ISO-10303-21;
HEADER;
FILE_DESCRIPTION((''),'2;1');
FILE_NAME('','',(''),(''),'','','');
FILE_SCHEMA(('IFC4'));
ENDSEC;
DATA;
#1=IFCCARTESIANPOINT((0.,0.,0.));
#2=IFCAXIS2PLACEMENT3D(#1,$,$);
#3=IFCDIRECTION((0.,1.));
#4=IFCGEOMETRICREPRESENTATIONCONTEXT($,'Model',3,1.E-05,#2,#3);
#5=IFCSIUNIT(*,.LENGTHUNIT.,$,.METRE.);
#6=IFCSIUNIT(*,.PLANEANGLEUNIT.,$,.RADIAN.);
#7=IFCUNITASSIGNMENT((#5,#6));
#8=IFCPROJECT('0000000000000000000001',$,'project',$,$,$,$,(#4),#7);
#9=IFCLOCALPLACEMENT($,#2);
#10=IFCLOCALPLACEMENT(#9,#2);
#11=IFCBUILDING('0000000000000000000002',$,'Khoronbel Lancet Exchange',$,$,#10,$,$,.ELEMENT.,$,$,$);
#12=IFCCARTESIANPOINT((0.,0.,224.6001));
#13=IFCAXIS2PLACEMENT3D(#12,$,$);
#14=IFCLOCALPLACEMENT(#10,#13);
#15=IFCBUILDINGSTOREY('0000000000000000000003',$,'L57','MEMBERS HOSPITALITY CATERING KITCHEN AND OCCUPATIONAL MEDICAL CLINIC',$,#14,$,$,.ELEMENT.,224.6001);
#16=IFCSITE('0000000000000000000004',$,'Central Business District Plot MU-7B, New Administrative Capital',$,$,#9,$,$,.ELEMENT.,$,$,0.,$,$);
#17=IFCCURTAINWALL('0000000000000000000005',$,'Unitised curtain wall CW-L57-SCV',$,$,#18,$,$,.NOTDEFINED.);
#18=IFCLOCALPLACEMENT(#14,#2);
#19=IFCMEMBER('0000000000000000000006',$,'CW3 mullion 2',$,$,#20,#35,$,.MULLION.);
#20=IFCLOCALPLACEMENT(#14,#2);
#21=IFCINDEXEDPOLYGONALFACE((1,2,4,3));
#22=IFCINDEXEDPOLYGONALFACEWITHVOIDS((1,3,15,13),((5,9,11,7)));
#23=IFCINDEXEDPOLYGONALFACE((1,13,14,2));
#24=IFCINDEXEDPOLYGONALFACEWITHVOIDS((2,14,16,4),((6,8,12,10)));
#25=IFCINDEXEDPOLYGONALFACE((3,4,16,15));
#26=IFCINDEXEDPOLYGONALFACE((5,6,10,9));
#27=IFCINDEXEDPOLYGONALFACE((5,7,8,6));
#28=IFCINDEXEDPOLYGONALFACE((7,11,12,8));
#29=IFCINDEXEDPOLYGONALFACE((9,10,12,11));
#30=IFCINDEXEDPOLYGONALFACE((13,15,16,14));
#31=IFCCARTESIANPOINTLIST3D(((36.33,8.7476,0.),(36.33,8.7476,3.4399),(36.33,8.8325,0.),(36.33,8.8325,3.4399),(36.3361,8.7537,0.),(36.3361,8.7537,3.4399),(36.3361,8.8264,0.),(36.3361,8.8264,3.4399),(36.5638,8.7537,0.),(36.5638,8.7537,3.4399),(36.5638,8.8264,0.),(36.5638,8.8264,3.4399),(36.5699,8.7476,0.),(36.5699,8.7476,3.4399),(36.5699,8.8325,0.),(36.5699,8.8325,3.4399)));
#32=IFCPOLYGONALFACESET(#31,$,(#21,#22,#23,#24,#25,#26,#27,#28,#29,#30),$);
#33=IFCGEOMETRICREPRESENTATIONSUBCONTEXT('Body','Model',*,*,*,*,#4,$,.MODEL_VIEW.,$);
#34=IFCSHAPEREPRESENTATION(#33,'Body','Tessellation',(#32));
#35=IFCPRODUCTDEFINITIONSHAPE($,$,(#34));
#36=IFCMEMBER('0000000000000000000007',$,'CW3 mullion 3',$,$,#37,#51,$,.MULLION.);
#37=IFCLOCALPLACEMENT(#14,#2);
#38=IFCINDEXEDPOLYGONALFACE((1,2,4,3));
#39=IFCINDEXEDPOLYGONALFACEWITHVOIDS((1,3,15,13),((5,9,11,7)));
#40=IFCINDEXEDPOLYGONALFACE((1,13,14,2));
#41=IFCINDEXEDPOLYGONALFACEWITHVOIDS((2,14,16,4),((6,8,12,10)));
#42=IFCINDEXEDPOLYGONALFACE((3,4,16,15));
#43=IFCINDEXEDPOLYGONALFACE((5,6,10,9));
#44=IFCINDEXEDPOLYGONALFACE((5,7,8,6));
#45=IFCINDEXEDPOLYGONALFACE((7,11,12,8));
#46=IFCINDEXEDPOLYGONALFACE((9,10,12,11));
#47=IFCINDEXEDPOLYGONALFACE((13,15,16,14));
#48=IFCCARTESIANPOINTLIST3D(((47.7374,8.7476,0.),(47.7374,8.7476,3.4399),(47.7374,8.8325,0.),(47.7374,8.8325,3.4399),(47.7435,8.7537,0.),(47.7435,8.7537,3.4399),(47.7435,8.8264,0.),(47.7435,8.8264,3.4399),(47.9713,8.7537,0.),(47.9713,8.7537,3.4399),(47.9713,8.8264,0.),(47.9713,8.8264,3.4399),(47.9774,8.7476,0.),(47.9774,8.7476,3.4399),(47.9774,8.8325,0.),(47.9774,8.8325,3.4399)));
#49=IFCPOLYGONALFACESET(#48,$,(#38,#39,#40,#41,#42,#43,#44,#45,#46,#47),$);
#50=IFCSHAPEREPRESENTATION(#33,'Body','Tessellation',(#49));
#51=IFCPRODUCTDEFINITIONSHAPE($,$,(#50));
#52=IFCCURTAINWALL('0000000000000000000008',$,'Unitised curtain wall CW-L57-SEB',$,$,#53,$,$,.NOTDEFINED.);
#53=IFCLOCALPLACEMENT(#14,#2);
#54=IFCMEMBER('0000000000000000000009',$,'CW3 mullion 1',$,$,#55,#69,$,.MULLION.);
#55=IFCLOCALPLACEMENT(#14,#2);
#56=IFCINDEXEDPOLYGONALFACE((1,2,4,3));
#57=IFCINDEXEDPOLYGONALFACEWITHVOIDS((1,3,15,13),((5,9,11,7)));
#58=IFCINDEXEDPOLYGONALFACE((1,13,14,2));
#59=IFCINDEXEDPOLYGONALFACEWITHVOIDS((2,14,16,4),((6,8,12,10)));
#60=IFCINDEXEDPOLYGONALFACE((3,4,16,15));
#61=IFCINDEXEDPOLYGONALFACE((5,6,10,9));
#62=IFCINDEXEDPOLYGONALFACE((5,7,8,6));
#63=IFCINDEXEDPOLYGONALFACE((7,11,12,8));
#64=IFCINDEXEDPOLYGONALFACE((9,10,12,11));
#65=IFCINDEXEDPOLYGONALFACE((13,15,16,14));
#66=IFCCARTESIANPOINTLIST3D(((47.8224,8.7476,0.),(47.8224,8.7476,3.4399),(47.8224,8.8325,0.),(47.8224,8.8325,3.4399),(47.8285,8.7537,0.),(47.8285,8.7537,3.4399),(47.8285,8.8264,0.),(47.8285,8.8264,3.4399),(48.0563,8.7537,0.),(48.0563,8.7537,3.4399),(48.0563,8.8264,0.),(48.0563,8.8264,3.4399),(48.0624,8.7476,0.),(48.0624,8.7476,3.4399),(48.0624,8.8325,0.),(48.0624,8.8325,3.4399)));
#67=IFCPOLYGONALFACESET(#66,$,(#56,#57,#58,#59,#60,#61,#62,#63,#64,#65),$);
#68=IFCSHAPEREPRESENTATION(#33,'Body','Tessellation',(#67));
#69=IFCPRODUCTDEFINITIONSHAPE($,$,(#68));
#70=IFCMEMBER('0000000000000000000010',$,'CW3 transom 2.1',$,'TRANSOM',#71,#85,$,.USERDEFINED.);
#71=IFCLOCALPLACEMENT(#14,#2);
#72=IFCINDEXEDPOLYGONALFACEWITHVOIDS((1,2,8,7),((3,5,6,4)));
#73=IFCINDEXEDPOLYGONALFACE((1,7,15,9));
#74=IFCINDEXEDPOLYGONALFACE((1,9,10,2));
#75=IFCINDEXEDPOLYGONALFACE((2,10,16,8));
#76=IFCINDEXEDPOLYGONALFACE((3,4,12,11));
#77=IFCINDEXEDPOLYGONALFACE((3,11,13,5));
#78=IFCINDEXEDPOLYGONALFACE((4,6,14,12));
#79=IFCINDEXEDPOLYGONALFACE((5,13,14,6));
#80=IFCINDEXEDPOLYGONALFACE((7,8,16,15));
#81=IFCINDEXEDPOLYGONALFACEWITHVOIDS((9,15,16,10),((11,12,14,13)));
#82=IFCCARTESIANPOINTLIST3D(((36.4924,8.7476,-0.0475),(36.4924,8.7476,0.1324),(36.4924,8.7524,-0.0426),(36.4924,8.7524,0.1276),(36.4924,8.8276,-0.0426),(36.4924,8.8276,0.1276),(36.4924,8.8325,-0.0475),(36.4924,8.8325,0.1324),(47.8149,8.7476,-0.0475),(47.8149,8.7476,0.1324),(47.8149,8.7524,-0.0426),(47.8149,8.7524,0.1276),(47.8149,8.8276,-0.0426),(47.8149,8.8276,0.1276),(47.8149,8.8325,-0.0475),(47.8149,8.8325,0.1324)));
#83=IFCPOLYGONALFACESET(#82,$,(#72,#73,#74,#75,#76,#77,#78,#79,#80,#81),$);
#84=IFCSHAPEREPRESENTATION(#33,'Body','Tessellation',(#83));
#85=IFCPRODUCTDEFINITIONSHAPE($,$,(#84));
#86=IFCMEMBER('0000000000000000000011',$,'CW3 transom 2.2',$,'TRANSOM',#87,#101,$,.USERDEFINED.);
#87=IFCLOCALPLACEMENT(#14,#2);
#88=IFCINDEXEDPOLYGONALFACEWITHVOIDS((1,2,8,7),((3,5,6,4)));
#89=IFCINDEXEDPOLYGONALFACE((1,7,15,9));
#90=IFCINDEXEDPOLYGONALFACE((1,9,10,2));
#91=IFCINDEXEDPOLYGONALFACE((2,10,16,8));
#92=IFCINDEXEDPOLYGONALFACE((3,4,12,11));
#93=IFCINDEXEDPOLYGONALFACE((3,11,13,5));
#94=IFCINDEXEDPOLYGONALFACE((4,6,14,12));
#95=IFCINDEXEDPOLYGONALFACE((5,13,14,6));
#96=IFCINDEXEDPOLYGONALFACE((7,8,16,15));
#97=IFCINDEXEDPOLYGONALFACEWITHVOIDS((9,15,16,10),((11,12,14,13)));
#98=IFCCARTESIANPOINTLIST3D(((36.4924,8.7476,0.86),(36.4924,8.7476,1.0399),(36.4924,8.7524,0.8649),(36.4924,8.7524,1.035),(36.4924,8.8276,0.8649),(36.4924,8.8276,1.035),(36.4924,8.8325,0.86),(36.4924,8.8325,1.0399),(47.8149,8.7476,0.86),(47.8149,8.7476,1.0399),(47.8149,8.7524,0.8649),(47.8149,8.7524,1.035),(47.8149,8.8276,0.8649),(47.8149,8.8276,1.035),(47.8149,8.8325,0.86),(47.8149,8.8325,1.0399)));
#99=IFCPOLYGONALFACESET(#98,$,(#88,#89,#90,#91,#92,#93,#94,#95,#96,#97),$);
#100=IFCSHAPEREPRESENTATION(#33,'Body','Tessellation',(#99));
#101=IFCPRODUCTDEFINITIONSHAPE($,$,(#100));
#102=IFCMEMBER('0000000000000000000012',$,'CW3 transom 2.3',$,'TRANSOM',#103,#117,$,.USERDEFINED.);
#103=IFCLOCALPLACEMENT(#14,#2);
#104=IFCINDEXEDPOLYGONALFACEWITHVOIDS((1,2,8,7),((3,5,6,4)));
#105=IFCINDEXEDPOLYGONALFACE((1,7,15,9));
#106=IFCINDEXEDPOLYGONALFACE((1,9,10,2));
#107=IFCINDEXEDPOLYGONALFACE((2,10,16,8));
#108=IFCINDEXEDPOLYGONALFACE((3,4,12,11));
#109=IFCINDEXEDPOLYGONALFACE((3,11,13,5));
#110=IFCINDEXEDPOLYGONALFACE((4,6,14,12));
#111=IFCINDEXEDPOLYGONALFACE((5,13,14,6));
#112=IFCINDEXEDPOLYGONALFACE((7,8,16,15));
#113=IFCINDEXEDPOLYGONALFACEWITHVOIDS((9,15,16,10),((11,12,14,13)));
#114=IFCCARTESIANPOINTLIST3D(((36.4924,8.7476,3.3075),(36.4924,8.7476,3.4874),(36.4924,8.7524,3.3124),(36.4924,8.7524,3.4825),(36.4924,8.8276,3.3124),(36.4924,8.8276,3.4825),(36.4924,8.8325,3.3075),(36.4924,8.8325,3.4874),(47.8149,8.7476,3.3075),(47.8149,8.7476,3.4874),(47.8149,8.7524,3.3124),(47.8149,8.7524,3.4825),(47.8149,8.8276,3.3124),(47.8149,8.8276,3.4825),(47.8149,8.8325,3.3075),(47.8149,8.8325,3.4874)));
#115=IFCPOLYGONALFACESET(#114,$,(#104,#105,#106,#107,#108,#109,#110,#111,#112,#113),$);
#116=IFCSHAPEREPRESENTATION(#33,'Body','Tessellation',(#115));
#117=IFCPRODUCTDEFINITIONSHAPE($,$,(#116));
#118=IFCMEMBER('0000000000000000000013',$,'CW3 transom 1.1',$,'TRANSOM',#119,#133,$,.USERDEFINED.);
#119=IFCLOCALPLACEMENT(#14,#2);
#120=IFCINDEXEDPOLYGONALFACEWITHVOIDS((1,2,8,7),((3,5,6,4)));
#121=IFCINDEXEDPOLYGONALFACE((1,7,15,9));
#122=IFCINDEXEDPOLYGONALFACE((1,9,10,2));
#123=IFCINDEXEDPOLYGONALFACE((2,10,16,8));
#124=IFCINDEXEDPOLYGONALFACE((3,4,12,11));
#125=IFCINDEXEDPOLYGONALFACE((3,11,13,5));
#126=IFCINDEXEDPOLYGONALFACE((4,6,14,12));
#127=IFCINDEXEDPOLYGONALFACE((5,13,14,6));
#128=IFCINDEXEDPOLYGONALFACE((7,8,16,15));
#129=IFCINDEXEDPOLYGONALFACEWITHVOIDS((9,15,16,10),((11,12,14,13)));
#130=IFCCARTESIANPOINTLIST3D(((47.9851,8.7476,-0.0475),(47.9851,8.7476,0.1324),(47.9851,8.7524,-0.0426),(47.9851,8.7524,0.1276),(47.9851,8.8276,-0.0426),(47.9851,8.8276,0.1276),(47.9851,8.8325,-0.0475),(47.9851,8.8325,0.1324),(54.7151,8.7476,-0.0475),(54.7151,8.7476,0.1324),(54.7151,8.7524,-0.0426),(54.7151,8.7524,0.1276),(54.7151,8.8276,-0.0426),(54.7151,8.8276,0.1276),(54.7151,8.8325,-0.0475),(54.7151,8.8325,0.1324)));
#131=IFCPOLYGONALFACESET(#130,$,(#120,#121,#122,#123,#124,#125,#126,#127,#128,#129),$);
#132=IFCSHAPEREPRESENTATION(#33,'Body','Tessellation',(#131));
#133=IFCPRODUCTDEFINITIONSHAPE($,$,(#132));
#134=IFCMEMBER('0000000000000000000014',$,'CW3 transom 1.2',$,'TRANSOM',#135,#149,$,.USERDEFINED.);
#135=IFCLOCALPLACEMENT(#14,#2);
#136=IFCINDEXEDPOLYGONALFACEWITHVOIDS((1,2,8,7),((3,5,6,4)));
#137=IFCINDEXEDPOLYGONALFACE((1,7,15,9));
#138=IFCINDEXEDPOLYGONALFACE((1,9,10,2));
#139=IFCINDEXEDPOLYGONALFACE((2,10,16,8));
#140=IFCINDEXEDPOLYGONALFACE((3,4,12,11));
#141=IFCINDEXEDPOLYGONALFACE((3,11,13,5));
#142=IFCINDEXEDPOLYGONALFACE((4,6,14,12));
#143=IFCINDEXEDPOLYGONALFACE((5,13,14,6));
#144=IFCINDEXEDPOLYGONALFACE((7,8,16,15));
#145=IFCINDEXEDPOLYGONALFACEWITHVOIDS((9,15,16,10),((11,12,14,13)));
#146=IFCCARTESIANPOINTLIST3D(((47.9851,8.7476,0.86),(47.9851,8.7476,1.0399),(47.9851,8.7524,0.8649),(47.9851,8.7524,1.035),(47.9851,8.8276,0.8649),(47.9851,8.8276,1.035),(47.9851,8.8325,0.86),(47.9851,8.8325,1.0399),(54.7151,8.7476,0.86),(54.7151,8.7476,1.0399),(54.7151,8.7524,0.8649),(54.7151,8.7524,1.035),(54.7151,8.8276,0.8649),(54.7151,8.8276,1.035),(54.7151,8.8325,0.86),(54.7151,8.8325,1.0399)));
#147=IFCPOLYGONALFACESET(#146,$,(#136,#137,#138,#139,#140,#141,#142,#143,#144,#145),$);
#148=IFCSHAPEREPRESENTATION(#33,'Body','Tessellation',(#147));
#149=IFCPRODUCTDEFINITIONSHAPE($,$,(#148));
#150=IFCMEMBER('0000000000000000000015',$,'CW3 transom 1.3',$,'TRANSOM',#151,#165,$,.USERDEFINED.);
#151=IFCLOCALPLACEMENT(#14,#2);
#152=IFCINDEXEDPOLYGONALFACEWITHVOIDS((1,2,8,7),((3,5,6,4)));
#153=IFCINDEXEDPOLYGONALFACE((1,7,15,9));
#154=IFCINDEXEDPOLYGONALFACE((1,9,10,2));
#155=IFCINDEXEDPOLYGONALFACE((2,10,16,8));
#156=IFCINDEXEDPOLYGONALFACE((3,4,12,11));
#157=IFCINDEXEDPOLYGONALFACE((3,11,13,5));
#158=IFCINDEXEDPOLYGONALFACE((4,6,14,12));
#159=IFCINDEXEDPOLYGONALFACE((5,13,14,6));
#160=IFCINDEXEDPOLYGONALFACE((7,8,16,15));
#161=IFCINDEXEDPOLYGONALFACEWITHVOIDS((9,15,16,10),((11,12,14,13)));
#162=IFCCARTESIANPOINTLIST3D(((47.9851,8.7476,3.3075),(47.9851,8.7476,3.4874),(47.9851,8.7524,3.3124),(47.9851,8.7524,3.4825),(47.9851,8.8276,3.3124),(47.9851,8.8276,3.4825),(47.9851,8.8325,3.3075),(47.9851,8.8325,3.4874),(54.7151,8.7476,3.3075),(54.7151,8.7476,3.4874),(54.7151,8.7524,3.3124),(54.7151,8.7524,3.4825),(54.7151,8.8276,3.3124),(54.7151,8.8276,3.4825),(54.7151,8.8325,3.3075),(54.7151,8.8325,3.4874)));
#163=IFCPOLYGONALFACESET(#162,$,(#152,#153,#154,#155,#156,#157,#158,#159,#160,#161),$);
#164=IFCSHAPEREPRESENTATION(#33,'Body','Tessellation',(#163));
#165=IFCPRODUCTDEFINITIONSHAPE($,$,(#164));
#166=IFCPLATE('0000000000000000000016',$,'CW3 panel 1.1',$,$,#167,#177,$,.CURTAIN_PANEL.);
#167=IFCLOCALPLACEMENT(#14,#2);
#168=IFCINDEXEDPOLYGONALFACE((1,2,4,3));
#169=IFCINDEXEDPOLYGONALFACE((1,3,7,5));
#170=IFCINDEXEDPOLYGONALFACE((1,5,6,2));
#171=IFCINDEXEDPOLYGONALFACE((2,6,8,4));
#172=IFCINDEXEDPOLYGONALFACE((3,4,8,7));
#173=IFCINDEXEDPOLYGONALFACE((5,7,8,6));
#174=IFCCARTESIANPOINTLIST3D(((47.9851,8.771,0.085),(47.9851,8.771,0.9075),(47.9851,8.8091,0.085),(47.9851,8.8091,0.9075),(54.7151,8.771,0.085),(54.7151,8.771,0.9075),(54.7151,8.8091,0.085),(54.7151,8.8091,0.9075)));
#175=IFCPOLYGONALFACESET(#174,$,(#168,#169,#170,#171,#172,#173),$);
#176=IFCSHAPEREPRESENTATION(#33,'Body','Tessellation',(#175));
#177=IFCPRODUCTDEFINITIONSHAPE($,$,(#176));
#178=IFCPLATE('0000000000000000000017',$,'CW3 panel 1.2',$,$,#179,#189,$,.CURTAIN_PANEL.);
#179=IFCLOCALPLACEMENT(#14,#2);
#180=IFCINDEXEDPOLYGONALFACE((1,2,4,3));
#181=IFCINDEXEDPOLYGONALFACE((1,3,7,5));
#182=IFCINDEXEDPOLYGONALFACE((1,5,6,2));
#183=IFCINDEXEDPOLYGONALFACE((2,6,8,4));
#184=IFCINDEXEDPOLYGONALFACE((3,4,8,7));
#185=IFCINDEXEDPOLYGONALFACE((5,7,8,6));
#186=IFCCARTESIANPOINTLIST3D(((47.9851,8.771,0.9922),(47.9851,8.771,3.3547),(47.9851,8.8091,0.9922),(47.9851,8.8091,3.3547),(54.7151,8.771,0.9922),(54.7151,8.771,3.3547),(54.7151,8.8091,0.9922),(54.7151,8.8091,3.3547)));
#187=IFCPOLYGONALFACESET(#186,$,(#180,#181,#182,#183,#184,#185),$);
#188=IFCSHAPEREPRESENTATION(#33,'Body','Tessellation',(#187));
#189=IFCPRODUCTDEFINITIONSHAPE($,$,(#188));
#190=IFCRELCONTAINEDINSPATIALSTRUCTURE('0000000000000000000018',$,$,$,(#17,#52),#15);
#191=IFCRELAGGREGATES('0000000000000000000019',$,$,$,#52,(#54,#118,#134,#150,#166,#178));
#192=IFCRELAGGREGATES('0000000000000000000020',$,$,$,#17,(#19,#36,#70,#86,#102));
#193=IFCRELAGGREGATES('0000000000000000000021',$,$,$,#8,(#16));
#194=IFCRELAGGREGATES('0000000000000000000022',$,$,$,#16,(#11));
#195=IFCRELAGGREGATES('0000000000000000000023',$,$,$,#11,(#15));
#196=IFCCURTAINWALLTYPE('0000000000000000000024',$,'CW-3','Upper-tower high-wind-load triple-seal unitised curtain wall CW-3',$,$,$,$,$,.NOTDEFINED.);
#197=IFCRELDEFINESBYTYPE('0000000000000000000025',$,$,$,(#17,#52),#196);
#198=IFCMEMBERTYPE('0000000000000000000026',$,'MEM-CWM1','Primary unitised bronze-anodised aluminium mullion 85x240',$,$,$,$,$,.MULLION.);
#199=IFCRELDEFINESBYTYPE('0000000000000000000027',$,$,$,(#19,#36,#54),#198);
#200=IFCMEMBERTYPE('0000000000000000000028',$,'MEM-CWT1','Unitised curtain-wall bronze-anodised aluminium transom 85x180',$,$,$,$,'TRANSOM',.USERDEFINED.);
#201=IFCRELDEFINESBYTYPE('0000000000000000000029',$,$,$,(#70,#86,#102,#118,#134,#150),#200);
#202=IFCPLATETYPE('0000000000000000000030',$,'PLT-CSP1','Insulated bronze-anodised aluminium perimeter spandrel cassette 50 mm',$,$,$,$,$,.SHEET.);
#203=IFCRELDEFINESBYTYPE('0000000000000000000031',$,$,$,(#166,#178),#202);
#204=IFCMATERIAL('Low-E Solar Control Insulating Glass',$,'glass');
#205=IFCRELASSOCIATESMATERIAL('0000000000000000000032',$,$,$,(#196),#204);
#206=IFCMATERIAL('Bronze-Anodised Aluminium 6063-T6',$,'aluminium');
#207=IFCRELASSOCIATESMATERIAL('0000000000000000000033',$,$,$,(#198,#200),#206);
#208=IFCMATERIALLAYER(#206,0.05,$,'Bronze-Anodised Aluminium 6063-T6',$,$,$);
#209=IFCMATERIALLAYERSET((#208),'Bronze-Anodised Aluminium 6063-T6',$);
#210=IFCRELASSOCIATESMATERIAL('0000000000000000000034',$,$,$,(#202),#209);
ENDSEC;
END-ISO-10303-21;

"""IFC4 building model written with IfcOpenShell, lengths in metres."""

from ifc_helpers import new_model, si_unit, direction, frame, origin, origin_2d, place, context, subcontext, project, spatial, rectangle, hollow_rectangle, extrude, material, layer, layer_set, material_profile, profile_set, type_object, element, aggregate, save


model = new_model("IFC4")

# Units and contexts
model_context = context("Model", 3, precision=1e-05, world=origin(), true_north=direction((0.0, 1.0)))
body_context = subcontext(model_context, "Body", "Model", "MODEL_VIEW")
ifc_project = project(units=[si_unit("LENGTHUNIT", "METRE"), si_unit("PLANEANGLEUNIT", "RADIAN")], contexts=[model_context])

# Site, building, storey
site_placement = place(None, origin())
site = spatial("IfcSite", under=ifc_project, at=site_placement, Name="Central Business District Plot MU-7B, New Administrative Capital", CompositionType="ELEMENT", RefElevation=0.0)
building_placement = place(site_placement, origin())
building = spatial("IfcBuilding", under=site, at=building_placement, Name="Khoronbel Lancet Exchange", CompositionType="ELEMENT")
storey_placement = place(building_placement, frame((0.0, 0.0, 224.6001)))
storey = spatial("IfcBuildingStorey", under=building, at=storey_placement, Name="L57", Description="MEMBERS HOSPITALITY CATERING KITCHEN AND OCCUPATIONAL MEDICAL CLINIC", CompositionType="ELEMENT", Elevation=224.6001)

# Curtain wall, members
ifc_material_1 = material(Name="Low-E Solar Control Insulating Glass", Category="glass")
curtain_wall_type = type_object("IfcCurtainWallType", Name="CW-3", Description="Upper-tower high-wind-load triple-seal unitised curtain wall CW-3", PredefinedType="NOTDEFINED", material=ifc_material_1)
curtain_wall_1_placement = place(storey_placement, origin())
curtain_wall_1 = element("IfcCurtainWall", 1, at=curtain_wall_1_placement, inside=storey, type_object=curtain_wall_type, Name="Unitised curtain wall CW-L57-SCV", PredefinedType="NOTDEFINED")
ifc_material_2 = material(Name="Bronze-Anodised Aluminium 6063-T6", Category="aluminium")
ifc_material_profile_1 = material_profile(ifc_material_2, hollow_rectangle(XDim=0.085, YDim=0.24, WallThickness=0.0061, at=origin_2d()), Name="ALU MULLION 85x240")
ifc_profile_set_1 = profile_set([ifc_material_profile_1], Name="Bronze-Anodised Aluminium 6063-T6")
member_type_1 = type_object("IfcMemberType", Name="MEM-CWM1", Description="Primary unitised bronze-anodised aluminium mullion 85x240", PredefinedType="MULLION", material=ifc_profile_set_1)
member_1_placement = place(storey_placement, frame((36.45, 8.79, 0.0), z_axis=(0.0, 0.0, 1.0), x_axis=(0.0, 1.0, 0.0)))
member_1 = element("IfcMember", 2, at=member_1_placement, type_object=member_type_1, Name="CW3 mullion 2", PredefinedType="MULLION", context=body_context, shape_type="SweptSolid", body=[
    extrude(hollow_rectangle(XDim=0.085, YDim=0.24, WallThickness=0.0061, at=origin_2d()), origin(), (0.0, 0.0, 1.0), 3.4399),
])
member_2_placement = place(storey_placement, frame((47.8574, 8.79, 0.0), z_axis=(0.0, 0.0, 1.0), x_axis=(0.0, 1.0, 0.0)))
member_2 = element("IfcMember", 3, at=member_2_placement, type_object=member_type_1, Name="CW3 mullion 3", PredefinedType="MULLION", context=body_context, shape_type="SweptSolid", body=[
    extrude(hollow_rectangle(XDim=0.085, YDim=0.24, WallThickness=0.0061, at=origin_2d()), origin(), (0.0, 0.0, 1.0), 3.4399),
])

# Curtain wall, member
curtain_wall_2_placement = place(storey_placement, origin())
curtain_wall_2 = element("IfcCurtainWall", 4, at=curtain_wall_2_placement, inside=storey, type_object=curtain_wall_type, Name="Unitised curtain wall CW-L57-SEB", PredefinedType="NOTDEFINED")
member_3_placement = place(storey_placement, frame((47.9424, 8.79, 0.0), z_axis=(0.0, 0.0, 1.0), x_axis=(0.0, 1.0, 0.0)))
member_3 = element("IfcMember", 5, at=member_3_placement, type_object=member_type_1, Name="CW3 mullion 1", PredefinedType="MULLION", context=body_context, shape_type="SweptSolid", body=[
    extrude(hollow_rectangle(XDim=0.085, YDim=0.24, WallThickness=0.0061, at=origin_2d()), origin(), (0.0, 0.0, 1.0), 3.4399),
])

# Members
ifc_material_profile_2 = material_profile(ifc_material_2, hollow_rectangle(XDim=0.085, YDim=0.1799, WallThickness=0.0049, at=origin_2d()), Name="ALU TRANSOM 85x180")
ifc_profile_set_2 = profile_set([ifc_material_profile_2], Name="Bronze-Anodised Aluminium 6063-T6")
member_type_2 = type_object("IfcMemberType", Name="MEM-CWT1", Description="Unitised curtain-wall bronze-anodised aluminium transom 85x180", ElementType="TRANSOM", PredefinedType="USERDEFINED", material=ifc_profile_set_2)
member_4_placement = place(storey_placement, frame((36.4924, 8.79, 0.0425), z_axis=(1.0, 0.0, 0.0), x_axis=(0.0, 1.0, 0.0)))
member_4 = element("IfcMember", 6, at=member_4_placement, type_object=member_type_2, Name="CW3 transom 2.1", ObjectType="TRANSOM", PredefinedType="USERDEFINED", context=body_context, shape_type="SweptSolid", body=[
    extrude(hollow_rectangle(XDim=0.085, YDim=0.1799, WallThickness=0.0049, at=origin_2d()), origin(), (0.0, 0.0, 1.0), 11.3225),
])
member_5_placement = place(storey_placement, frame((36.4924, 8.79, 0.95), z_axis=(1.0, 0.0, 0.0), x_axis=(0.0, 1.0, 0.0)))
member_5 = element("IfcMember", 7, at=member_5_placement, type_object=member_type_2, Name="CW3 transom 2.2", ObjectType="TRANSOM", PredefinedType="USERDEFINED", context=body_context, shape_type="SweptSolid", body=[
    extrude(hollow_rectangle(XDim=0.085, YDim=0.1799, WallThickness=0.0049, at=origin_2d()), origin(), (0.0, 0.0, 1.0), 11.3225),
])
member_6_placement = place(storey_placement, frame((36.4924, 8.79, 3.3975), z_axis=(1.0, 0.0, 0.0), x_axis=(0.0, 1.0, 0.0)))
member_6 = element("IfcMember", 8, at=member_6_placement, type_object=member_type_2, Name="CW3 transom 2.3", ObjectType="TRANSOM", PredefinedType="USERDEFINED", context=body_context, shape_type="SweptSolid", body=[
    extrude(hollow_rectangle(XDim=0.085, YDim=0.1799, WallThickness=0.0049, at=origin_2d()), origin(), (0.0, 0.0, 1.0), 11.3225),
])
member_7_placement = place(storey_placement, frame((47.9851, 8.79, 0.0425), z_axis=(1.0, 0.0, 0.0), x_axis=(0.0, 1.0, 0.0)))
member_7 = element("IfcMember", 9, at=member_7_placement, type_object=member_type_2, Name="CW3 transom 1.1", ObjectType="TRANSOM", PredefinedType="USERDEFINED", context=body_context, shape_type="SweptSolid", body=[
    extrude(hollow_rectangle(XDim=0.085, YDim=0.1799, WallThickness=0.0049, at=origin_2d()), origin(), (0.0, 0.0, 1.0), 6.73),
])
member_8_placement = place(storey_placement, frame((47.9851, 8.79, 0.95), z_axis=(1.0, 0.0, 0.0), x_axis=(0.0, 1.0, 0.0)))
member_8 = element("IfcMember", 10, at=member_8_placement, type_object=member_type_2, Name="CW3 transom 1.2", ObjectType="TRANSOM", PredefinedType="USERDEFINED", context=body_context, shape_type="SweptSolid", body=[
    extrude(hollow_rectangle(XDim=0.085, YDim=0.1799, WallThickness=0.0049, at=origin_2d()), origin(), (0.0, 0.0, 1.0), 6.73),
])
member_9_placement = place(storey_placement, frame((47.9851, 8.79, 3.3975), z_axis=(1.0, 0.0, 0.0), x_axis=(0.0, 1.0, 0.0)))
member_9 = element("IfcMember", 11, at=member_9_placement, type_object=member_type_2, Name="CW3 transom 1.3", ObjectType="TRANSOM", PredefinedType="USERDEFINED", context=body_context, shape_type="SweptSolid", body=[
    extrude(hollow_rectangle(XDim=0.085, YDim=0.1799, WallThickness=0.0049, at=origin_2d()), origin(), (0.0, 0.0, 1.0), 6.73),
])

# Plates
ifc_layer_1 = layer(ifc_material_2, 0.05, Name="Bronze-Anodised Aluminium 6063-T6")
ifc_layer_set_1 = layer_set([ifc_layer_1], Name="Bronze-Anodised Aluminium 6063-T6")
plate_type_1 = type_object("IfcPlateType", Name="PLT-CSP1", Description="Insulated bronze-anodised aluminium perimeter spandrel cassette 50 mm", PredefinedType="SHEET", material=ifc_layer_set_1)
plate_1_placement = place(storey_placement, frame((51.3501, 8.79, 0.085), z_axis=(0.0, 0.0, 1.0), x_axis=(1.0, 0.0, 0.0)))
plate_1 = element("IfcPlate", 12, at=plate_1_placement, type_object=plate_type_1, Name="CW3 panel 1.1", PredefinedType="CURTAIN_PANEL", context=body_context, shape_type="SweptSolid", body=[
    extrude(rectangle(XDim=6.73, YDim=0.0381, at=origin_2d()), origin(), (0.0, 0.0, 1.0), 0.8225),
])
plate_2_placement = place(storey_placement, frame((51.3501, 8.79, 0.9922), z_axis=(0.0, 0.0, 1.0), x_axis=(1.0, 0.0, 0.0)))
plate_2 = element("IfcPlate", 13, at=plate_2_placement, type_object=plate_type_1, Name="CW3 panel 1.2", PredefinedType="CURTAIN_PANEL", context=body_context, shape_type="SweptSolid", body=[
    extrude(rectangle(XDim=6.73, YDim=0.0381, at=origin_2d()), origin(), (0.0, 0.0, 1.0), 2.3625),
])
aggregate(curtain_wall_2, [member_3, member_7, member_8, member_9, plate_1, plate_2])
aggregate(curtain_wall_1, [member_1, member_2, member_4, member_5, member_6])

save(model, "model.ifc")
